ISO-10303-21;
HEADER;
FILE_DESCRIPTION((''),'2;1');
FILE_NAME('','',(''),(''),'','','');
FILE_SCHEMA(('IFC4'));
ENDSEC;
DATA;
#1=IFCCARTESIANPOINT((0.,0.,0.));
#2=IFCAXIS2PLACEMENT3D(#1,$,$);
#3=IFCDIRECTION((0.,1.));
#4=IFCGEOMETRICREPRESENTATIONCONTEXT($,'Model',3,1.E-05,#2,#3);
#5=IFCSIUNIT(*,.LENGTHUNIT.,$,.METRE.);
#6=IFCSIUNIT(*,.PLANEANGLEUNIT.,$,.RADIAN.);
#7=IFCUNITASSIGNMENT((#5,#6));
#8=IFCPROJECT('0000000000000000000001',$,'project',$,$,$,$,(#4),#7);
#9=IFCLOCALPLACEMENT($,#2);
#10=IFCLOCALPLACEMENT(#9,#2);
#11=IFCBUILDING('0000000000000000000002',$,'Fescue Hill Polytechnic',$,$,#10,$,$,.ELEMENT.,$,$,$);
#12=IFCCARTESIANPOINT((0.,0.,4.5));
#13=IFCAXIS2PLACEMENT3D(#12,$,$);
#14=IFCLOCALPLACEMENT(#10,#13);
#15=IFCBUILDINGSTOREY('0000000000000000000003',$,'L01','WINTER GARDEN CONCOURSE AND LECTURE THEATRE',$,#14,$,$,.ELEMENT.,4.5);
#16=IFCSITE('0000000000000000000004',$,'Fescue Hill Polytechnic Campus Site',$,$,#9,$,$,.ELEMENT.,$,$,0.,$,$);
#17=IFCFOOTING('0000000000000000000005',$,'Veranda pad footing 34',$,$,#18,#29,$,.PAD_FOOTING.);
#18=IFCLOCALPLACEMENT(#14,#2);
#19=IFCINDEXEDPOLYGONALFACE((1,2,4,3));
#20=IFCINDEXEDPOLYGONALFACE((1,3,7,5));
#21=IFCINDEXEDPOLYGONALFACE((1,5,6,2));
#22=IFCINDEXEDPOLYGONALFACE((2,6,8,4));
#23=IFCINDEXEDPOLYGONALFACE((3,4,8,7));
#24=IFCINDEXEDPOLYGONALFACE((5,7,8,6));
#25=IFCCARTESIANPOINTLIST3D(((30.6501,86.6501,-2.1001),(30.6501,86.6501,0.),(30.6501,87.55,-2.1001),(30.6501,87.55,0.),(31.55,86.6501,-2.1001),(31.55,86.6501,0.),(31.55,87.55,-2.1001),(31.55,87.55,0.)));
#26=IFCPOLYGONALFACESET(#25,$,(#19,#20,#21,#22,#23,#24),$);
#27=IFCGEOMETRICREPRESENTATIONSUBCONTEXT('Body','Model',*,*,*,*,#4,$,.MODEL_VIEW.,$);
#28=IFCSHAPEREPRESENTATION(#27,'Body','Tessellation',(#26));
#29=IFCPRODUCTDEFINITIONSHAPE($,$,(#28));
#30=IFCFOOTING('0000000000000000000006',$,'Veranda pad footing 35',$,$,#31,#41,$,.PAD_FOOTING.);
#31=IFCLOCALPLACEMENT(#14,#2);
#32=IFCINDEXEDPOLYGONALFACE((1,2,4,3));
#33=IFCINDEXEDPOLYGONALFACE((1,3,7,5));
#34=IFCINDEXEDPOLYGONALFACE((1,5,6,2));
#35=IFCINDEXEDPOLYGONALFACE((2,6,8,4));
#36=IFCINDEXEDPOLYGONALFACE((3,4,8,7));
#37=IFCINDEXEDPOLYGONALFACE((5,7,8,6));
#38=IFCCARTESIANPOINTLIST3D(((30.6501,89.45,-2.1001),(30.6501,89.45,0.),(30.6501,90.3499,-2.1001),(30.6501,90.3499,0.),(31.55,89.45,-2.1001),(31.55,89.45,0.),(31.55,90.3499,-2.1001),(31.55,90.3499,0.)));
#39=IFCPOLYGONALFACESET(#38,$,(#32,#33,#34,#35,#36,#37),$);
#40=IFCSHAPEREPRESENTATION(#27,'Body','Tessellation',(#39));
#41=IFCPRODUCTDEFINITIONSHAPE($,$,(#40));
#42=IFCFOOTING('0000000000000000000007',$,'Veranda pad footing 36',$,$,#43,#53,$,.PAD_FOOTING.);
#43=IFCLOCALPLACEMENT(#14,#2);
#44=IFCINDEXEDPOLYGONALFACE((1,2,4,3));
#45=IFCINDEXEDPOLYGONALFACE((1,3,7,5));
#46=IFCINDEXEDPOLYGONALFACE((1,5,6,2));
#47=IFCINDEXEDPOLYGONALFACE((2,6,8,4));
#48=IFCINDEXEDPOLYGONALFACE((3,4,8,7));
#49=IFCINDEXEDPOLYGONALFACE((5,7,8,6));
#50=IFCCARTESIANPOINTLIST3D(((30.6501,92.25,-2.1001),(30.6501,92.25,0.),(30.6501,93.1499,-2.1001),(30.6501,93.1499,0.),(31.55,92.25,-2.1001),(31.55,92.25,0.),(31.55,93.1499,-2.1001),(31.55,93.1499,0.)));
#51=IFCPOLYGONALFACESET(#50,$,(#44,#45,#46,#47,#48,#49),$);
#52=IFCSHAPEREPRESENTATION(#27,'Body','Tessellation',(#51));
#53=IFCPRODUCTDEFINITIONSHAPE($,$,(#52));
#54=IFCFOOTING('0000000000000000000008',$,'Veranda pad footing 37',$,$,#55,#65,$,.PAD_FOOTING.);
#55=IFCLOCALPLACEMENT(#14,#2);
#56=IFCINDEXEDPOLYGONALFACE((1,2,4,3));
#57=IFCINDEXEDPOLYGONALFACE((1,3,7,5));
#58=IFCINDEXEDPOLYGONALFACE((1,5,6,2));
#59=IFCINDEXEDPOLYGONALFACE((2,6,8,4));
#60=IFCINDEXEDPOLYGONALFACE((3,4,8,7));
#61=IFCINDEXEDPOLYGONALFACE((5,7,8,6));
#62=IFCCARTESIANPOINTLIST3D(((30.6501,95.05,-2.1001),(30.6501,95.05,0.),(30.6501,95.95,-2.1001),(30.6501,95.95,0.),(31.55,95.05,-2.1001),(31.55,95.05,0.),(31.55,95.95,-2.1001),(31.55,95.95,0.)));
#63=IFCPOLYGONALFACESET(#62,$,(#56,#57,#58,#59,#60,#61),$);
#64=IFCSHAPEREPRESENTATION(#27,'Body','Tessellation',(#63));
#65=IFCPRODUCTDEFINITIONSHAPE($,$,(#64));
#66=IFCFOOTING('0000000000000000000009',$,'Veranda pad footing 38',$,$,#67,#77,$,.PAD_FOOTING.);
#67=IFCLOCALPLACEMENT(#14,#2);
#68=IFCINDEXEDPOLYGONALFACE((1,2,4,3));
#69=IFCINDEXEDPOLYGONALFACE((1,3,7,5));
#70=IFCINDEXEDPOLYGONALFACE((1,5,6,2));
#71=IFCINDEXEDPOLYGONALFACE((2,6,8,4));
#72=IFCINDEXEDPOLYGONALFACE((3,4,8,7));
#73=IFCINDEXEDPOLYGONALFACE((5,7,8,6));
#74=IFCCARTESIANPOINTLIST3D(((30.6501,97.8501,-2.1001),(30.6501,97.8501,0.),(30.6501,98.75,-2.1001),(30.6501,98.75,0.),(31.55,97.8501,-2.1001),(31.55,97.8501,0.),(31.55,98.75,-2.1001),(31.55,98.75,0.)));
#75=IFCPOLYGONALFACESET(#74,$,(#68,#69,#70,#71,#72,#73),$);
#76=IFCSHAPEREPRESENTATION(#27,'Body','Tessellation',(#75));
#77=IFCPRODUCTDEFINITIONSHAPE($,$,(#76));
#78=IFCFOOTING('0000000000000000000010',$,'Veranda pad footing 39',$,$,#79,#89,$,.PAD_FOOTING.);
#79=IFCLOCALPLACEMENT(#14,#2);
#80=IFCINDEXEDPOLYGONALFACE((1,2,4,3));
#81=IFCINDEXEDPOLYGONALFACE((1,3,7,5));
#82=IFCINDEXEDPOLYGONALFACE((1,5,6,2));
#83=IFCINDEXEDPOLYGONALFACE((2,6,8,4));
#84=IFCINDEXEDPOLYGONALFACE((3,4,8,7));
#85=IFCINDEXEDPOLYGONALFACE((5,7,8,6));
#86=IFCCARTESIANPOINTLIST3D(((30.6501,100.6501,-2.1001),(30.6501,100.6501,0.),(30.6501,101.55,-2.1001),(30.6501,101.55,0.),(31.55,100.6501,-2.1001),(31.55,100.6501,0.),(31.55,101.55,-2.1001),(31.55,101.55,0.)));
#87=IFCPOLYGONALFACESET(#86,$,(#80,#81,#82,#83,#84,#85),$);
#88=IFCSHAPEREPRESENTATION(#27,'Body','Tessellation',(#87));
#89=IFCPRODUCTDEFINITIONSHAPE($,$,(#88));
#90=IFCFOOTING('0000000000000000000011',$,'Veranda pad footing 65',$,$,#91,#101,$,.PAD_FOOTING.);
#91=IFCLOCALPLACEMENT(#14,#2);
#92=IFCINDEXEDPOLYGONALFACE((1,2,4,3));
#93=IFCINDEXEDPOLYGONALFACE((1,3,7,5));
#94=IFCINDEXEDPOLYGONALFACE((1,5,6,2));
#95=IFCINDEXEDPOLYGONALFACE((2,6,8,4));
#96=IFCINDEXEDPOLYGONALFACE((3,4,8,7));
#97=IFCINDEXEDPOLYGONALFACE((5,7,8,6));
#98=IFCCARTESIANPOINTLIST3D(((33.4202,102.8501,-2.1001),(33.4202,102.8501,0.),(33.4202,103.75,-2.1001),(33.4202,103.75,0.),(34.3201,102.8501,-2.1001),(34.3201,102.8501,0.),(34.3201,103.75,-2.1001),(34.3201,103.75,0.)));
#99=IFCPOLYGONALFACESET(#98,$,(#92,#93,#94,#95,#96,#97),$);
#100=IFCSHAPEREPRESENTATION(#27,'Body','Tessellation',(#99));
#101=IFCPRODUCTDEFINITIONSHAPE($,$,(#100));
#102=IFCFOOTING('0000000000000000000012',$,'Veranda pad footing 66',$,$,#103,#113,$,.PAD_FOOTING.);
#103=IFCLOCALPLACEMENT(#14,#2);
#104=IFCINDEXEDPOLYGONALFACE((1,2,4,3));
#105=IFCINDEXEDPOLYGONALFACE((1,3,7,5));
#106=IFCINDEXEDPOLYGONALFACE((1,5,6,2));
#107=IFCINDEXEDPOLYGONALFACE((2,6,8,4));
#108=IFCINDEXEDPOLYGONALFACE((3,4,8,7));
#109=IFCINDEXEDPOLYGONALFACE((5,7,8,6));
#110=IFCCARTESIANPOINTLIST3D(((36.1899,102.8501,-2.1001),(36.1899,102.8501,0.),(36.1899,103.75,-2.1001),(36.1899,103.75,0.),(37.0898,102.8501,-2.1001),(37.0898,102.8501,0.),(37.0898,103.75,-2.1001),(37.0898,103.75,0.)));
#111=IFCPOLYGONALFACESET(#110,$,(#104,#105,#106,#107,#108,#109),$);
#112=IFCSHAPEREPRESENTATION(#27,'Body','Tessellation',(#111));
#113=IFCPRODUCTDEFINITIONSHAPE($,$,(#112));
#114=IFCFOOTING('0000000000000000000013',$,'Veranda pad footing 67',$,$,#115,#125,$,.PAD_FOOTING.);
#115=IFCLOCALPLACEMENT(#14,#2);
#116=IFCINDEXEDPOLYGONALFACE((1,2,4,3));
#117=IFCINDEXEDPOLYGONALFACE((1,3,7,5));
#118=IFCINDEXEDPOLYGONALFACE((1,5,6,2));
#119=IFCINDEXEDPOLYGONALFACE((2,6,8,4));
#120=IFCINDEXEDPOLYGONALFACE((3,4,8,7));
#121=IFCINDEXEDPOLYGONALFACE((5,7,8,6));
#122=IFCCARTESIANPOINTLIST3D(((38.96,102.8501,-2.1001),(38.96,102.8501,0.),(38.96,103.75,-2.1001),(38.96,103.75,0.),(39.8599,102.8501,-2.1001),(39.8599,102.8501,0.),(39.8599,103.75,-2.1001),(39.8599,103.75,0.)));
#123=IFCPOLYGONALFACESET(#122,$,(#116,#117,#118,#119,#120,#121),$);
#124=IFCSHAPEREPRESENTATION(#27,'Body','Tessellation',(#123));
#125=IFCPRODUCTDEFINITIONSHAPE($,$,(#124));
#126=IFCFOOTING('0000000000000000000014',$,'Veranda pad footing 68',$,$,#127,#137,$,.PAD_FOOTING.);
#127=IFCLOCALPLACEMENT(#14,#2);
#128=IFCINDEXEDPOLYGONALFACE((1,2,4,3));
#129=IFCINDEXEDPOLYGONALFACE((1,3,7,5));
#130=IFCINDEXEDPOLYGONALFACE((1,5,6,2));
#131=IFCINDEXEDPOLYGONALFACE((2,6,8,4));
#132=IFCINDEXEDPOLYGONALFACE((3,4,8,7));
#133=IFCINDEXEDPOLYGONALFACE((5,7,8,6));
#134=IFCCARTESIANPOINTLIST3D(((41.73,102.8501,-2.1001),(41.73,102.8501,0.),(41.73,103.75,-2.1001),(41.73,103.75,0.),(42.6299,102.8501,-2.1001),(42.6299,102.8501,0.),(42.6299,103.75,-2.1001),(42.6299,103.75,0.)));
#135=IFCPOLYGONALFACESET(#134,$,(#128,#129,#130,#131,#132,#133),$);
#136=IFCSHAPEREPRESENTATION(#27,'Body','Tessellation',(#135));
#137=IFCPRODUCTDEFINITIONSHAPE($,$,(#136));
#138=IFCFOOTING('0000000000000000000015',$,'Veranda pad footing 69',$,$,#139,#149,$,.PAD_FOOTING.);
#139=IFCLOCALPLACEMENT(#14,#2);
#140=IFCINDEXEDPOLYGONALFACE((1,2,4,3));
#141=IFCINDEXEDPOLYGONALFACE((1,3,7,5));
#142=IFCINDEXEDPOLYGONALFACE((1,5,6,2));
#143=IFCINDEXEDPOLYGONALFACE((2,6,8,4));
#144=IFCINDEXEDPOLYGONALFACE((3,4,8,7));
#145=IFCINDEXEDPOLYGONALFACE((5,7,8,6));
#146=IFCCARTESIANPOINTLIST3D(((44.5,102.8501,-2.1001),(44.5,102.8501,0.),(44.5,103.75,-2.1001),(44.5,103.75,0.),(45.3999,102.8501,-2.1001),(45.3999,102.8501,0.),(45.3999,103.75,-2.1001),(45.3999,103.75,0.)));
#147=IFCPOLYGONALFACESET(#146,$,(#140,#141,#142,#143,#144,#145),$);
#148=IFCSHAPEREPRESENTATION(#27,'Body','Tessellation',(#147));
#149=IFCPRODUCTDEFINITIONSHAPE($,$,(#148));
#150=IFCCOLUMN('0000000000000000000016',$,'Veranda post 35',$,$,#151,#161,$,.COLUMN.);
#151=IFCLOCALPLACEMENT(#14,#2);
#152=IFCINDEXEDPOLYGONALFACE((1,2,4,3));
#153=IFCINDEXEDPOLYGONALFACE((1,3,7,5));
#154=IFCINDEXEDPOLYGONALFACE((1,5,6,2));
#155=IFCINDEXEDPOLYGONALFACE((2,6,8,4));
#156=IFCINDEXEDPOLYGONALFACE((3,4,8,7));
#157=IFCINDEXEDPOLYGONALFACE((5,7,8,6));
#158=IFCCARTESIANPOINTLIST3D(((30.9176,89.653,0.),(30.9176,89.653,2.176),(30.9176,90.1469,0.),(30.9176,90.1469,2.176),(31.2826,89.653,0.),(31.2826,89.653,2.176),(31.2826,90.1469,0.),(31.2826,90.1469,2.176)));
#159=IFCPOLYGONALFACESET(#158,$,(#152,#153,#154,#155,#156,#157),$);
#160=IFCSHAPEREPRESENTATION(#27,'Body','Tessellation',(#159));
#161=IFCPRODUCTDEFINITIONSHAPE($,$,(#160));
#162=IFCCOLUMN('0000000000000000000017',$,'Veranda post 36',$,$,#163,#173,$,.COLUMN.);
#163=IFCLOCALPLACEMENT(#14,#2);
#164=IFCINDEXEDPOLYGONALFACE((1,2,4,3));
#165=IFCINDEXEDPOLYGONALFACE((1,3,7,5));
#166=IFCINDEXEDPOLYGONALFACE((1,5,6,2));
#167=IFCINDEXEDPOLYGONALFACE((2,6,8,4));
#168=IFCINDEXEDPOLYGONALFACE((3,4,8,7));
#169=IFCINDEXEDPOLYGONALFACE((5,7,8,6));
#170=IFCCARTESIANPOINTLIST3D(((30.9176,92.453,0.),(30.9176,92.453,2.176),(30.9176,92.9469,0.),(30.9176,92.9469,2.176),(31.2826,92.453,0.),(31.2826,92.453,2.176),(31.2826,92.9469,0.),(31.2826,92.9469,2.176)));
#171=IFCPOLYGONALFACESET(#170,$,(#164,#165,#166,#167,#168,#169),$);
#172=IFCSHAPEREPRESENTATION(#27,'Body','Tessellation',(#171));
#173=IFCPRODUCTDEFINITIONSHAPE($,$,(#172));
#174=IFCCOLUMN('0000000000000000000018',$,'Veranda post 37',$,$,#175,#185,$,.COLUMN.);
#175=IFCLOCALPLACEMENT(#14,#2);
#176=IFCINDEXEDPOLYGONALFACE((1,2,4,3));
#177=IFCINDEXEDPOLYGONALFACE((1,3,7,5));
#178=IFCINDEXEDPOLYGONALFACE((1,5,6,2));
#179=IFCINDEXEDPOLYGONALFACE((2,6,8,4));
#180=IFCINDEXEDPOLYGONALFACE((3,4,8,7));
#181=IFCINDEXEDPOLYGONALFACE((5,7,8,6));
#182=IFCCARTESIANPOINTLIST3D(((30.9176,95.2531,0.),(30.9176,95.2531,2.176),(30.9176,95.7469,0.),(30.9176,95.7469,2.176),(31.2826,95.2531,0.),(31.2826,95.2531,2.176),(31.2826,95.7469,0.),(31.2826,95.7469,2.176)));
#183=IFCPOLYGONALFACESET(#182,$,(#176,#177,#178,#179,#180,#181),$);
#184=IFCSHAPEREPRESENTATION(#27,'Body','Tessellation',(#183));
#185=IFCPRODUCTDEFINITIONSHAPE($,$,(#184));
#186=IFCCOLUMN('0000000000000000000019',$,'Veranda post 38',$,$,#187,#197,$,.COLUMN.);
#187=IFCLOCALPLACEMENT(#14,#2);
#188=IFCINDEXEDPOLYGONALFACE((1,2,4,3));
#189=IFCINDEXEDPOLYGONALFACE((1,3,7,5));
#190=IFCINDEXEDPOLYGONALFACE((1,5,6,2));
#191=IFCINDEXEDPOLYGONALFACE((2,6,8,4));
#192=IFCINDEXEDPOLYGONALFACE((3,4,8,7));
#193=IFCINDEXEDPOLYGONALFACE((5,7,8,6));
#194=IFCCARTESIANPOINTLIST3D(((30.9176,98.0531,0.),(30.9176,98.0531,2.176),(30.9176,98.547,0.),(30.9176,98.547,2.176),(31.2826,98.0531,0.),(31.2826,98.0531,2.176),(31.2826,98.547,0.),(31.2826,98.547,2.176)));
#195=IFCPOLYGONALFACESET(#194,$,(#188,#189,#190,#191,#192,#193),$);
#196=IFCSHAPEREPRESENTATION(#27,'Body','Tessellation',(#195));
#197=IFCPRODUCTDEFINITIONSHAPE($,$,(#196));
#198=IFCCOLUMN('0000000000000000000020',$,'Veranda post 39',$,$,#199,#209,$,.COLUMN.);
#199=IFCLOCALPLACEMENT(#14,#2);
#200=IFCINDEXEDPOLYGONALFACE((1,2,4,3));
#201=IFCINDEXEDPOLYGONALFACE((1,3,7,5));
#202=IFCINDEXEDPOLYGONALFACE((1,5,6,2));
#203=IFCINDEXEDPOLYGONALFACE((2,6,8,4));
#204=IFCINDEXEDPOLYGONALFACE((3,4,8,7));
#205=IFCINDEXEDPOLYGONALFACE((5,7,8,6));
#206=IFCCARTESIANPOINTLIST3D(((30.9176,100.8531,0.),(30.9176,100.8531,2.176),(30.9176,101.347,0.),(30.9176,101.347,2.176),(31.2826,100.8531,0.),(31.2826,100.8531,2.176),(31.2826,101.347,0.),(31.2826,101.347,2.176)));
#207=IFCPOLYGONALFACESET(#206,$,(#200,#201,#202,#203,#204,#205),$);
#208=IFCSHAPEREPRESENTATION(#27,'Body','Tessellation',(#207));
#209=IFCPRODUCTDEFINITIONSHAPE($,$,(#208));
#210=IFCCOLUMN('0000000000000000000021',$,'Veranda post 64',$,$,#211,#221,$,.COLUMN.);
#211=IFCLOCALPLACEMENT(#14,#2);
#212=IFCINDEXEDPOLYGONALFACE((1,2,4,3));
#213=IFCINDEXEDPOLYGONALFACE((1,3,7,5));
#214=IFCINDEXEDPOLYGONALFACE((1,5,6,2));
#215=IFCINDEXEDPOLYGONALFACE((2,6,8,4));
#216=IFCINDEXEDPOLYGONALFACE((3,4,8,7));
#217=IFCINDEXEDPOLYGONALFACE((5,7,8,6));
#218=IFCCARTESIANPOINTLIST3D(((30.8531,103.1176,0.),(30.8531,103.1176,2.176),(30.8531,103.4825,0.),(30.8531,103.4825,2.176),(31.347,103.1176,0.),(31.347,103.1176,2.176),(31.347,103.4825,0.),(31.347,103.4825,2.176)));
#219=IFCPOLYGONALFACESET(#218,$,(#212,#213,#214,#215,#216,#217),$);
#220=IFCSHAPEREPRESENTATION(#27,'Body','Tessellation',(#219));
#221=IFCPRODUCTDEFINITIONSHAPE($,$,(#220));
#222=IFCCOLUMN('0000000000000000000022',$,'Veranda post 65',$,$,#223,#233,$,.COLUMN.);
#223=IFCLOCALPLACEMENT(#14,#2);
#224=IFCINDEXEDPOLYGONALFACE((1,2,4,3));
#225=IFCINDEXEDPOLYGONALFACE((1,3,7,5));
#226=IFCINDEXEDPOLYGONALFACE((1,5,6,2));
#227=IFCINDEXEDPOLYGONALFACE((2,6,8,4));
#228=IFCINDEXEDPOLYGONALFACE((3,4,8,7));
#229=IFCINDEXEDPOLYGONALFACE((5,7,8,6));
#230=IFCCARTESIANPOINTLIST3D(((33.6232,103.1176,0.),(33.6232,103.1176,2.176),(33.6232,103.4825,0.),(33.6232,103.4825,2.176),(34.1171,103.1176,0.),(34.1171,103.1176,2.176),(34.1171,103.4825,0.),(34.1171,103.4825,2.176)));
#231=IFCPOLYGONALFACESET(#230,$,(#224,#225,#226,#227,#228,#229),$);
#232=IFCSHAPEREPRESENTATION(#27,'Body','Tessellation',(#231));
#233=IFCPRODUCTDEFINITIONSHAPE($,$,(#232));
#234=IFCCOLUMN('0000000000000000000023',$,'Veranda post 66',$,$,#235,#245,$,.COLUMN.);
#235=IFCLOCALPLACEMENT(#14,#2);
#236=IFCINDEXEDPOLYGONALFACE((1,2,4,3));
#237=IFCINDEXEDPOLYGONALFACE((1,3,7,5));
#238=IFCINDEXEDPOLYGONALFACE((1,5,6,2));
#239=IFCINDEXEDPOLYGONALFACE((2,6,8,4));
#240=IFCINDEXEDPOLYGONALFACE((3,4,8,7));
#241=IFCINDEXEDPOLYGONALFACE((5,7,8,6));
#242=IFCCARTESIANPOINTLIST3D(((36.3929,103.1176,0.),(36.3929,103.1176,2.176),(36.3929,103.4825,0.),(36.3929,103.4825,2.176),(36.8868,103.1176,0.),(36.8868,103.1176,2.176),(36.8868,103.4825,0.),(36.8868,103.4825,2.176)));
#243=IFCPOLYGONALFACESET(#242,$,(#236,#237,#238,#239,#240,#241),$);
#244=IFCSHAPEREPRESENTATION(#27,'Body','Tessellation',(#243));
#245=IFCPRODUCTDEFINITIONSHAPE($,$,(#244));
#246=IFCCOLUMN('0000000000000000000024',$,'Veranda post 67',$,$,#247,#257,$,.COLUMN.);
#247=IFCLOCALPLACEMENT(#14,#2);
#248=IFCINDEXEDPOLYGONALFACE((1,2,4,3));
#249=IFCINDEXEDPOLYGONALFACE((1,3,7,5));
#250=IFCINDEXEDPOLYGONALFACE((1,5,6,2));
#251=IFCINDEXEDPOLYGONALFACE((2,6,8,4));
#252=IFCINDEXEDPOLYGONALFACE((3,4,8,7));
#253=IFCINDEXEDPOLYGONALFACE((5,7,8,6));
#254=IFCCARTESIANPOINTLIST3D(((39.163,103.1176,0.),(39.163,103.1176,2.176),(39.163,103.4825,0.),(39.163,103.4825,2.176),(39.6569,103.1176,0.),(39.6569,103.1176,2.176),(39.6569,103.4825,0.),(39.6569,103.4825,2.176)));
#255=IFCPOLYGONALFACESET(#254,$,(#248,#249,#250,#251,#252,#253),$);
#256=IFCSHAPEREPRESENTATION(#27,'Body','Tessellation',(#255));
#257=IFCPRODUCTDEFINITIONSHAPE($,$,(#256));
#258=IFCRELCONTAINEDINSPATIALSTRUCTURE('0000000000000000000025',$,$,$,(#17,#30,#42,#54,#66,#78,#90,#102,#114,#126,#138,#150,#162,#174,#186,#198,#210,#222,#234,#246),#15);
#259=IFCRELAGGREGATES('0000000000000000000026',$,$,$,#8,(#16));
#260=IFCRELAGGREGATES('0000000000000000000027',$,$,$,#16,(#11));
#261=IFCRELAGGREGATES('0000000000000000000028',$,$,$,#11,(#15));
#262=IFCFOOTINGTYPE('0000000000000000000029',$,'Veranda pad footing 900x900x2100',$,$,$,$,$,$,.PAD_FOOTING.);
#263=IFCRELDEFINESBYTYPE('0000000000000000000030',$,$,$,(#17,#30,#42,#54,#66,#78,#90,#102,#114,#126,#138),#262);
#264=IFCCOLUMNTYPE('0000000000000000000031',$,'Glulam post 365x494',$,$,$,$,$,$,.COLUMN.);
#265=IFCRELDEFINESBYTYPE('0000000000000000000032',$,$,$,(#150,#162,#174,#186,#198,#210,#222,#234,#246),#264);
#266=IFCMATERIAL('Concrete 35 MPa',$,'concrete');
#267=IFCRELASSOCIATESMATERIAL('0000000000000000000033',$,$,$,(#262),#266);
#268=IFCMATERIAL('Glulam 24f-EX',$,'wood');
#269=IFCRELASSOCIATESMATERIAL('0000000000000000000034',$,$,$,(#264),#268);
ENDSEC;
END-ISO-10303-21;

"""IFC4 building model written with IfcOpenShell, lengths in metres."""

from ifc_helpers import new_model, si_unit, direction, frame, origin, origin_2d, place, context, subcontext, project, spatial, rectangle, extrude, material, material_profile, profile_set, type_object, element, save


model = new_model("IFC4")

# Units and contexts
model_context = context("Model", 3, precision=1e-05, world=origin(), true_north=direction((0.0, 1.0)))
body_context = subcontext(model_context, "Body", "Model", "MODEL_VIEW")
ifc_project = project(units=[si_unit("LENGTHUNIT", "METRE"), si_unit("PLANEANGLEUNIT", "RADIAN")], contexts=[model_context])

# Site, building, storey
site_placement = place(None, origin())
site = spatial("IfcSite", under=ifc_project, at=site_placement, Name="Fescue Hill Polytechnic Campus Site", CompositionType="ELEMENT", RefElevation=0.0)
building_placement = place(site_placement, origin())
building = spatial("IfcBuilding", under=site, at=building_placement, Name="Fescue Hill Polytechnic", CompositionType="ELEMENT")
storey_placement = place(building_placement, frame((0.0, 0.0, 4.5)))
storey = spatial("IfcBuildingStorey", under=building, at=storey_placement, Name="L01", Description="WINTER GARDEN CONCOURSE AND LECTURE THEATRE", CompositionType="ELEMENT", Elevation=4.5)

# Footings
ifc_material_1 = material(Name="Concrete 35 MPa", Category="concrete")
footing_type = type_object("IfcFootingType", Name="Veranda pad footing 900x900x2100", PredefinedType="PAD_FOOTING", material=ifc_material_1)
for number, where, z_axis, x_axis, name in (
    (1, (31.1001, 87.1001, -2.1001), (0.0, 0.0, 1.0), (1.0, 0.0, 0.0), "Veranda pad footing 34"),
    (2, (31.1001, 89.8999, -2.1001), (0.0, 0.0, 1.0), (1.0, 0.0, 0.0), "Veranda pad footing 35"),
    (3, (31.1001, 92.7, -2.1001), (0.0, 0.0, 1.0), (1.0, 0.0, 0.0), "Veranda pad footing 36"),
    (4, (31.1001, 95.5, -2.1001), (0.0, 0.0, 1.0), (1.0, 0.0, 0.0), "Veranda pad footing 37"),
    (5, (31.1001, 98.3, -2.1001), (0.0, 0.0, 1.0), (1.0, 0.0, 0.0), "Veranda pad footing 38"),
    (6, (31.1001, 101.1001, -2.1001), (0.0, 0.0, 1.0), (1.0, 0.0, 0.0), "Veranda pad footing 39"),
    (7, (33.8701, 103.3, -2.1001), (0.0, 0.0, 1.0), (1.0, 0.0, 0.0), "Veranda pad footing 65"),
    (8, (36.6399, 103.3, -2.1001), (0.0, 0.0, 1.0), (1.0, 0.0, 0.0), "Veranda pad footing 66"),
    (9, (39.4099, 103.3, -2.1001), (0.0, 0.0, 1.0), (1.0, 0.0, 0.0), "Veranda pad footing 67"),
    (10, (42.1799, 103.3, -2.1001), (0.0, 0.0, 1.0), (1.0, 0.0, 0.0), "Veranda pad footing 68"),
    (11, (44.95, 103.3, -2.1001), (0.0, 0.0, 1.0), (1.0, 0.0, 0.0), "Veranda pad footing 69"),
):
    element("IfcFooting", number, at=place(storey_placement, frame(where, z_axis=z_axis, x_axis=x_axis)), inside=storey, type_object=footing_type, Name=name, PredefinedType="PAD_FOOTING", context=body_context, shape_type="SweptSolid", body=[
        extrude(rectangle(XDim=0.8999, YDim=0.8999, at=origin_2d()), origin(), (0.0, 0.0, 1.0), 2.1001),
    ])

# Columns
ifc_material_2 = material(Name="Glulam 24f-EX", Category="wood")
ifc_material_profile_1 = material_profile(ifc_material_2, rectangle(XDim=0.365, YDim=0.4939, at=origin_2d()), Name="Glulam post 365x494")
ifc_profile_set_1 = profile_set([ifc_material_profile_1], Name="Glulam 24f-EX")
column_type = type_object("IfcColumnType", Name="Glulam post 365x494", PredefinedType="COLUMN", material=ifc_profile_set_1)
for number, where, z_axis, x_axis, name in (
    (12, (31.1001, 89.8999, 0.0), (0.0, 0.0, 1.0), (1.0, 0.0, 0.0), "Veranda post 35"),
    (13, (31.1001, 92.7, 0.0), (0.0, 0.0, 1.0), (1.0, 0.0, 0.0), "Veranda post 36"),
    (14, (31.1001, 95.5, 0.0), (0.0, 0.0, 1.0), (1.0, 0.0, 0.0), "Veranda post 37"),
    (15, (31.1001, 98.3, 0.0), (0.0, 0.0, 1.0), (1.0, 0.0, 0.0), "Veranda post 38"),
    (16, (31.1001, 101.1001, 0.0), (0.0, 0.0, 1.0), (1.0, 0.0, 0.0), "Veranda post 39"),
    (17, (31.1001, 103.3, 0.0), (0.0, 0.0, 1.0), (0.0, 1.0, 0.0), "Veranda post 64"),
    (18, (33.8701, 103.3, 0.0), (0.0, 0.0, 1.0), (0.0, 1.0, 0.0), "Veranda post 65"),
    (19, (36.6399, 103.3, 0.0), (0.0, 0.0, 1.0), (0.0, 1.0, 0.0), "Veranda post 66"),
    (20, (39.4099, 103.3, 0.0), (0.0, 0.0, 1.0), (0.0, 1.0, 0.0), "Veranda post 67"),
):
    element("IfcColumn", number, at=place(storey_placement, frame(where, z_axis=z_axis, x_axis=x_axis)), inside=storey, type_object=column_type, Name=name, PredefinedType="COLUMN", context=body_context, shape_type="SweptSolid", body=[
        extrude(rectangle(XDim=0.365, YDim=0.4939, at=origin_2d()), origin(), (0.0, 0.0, 1.0), 2.176),
    ])

save(model, "model.ifc")
